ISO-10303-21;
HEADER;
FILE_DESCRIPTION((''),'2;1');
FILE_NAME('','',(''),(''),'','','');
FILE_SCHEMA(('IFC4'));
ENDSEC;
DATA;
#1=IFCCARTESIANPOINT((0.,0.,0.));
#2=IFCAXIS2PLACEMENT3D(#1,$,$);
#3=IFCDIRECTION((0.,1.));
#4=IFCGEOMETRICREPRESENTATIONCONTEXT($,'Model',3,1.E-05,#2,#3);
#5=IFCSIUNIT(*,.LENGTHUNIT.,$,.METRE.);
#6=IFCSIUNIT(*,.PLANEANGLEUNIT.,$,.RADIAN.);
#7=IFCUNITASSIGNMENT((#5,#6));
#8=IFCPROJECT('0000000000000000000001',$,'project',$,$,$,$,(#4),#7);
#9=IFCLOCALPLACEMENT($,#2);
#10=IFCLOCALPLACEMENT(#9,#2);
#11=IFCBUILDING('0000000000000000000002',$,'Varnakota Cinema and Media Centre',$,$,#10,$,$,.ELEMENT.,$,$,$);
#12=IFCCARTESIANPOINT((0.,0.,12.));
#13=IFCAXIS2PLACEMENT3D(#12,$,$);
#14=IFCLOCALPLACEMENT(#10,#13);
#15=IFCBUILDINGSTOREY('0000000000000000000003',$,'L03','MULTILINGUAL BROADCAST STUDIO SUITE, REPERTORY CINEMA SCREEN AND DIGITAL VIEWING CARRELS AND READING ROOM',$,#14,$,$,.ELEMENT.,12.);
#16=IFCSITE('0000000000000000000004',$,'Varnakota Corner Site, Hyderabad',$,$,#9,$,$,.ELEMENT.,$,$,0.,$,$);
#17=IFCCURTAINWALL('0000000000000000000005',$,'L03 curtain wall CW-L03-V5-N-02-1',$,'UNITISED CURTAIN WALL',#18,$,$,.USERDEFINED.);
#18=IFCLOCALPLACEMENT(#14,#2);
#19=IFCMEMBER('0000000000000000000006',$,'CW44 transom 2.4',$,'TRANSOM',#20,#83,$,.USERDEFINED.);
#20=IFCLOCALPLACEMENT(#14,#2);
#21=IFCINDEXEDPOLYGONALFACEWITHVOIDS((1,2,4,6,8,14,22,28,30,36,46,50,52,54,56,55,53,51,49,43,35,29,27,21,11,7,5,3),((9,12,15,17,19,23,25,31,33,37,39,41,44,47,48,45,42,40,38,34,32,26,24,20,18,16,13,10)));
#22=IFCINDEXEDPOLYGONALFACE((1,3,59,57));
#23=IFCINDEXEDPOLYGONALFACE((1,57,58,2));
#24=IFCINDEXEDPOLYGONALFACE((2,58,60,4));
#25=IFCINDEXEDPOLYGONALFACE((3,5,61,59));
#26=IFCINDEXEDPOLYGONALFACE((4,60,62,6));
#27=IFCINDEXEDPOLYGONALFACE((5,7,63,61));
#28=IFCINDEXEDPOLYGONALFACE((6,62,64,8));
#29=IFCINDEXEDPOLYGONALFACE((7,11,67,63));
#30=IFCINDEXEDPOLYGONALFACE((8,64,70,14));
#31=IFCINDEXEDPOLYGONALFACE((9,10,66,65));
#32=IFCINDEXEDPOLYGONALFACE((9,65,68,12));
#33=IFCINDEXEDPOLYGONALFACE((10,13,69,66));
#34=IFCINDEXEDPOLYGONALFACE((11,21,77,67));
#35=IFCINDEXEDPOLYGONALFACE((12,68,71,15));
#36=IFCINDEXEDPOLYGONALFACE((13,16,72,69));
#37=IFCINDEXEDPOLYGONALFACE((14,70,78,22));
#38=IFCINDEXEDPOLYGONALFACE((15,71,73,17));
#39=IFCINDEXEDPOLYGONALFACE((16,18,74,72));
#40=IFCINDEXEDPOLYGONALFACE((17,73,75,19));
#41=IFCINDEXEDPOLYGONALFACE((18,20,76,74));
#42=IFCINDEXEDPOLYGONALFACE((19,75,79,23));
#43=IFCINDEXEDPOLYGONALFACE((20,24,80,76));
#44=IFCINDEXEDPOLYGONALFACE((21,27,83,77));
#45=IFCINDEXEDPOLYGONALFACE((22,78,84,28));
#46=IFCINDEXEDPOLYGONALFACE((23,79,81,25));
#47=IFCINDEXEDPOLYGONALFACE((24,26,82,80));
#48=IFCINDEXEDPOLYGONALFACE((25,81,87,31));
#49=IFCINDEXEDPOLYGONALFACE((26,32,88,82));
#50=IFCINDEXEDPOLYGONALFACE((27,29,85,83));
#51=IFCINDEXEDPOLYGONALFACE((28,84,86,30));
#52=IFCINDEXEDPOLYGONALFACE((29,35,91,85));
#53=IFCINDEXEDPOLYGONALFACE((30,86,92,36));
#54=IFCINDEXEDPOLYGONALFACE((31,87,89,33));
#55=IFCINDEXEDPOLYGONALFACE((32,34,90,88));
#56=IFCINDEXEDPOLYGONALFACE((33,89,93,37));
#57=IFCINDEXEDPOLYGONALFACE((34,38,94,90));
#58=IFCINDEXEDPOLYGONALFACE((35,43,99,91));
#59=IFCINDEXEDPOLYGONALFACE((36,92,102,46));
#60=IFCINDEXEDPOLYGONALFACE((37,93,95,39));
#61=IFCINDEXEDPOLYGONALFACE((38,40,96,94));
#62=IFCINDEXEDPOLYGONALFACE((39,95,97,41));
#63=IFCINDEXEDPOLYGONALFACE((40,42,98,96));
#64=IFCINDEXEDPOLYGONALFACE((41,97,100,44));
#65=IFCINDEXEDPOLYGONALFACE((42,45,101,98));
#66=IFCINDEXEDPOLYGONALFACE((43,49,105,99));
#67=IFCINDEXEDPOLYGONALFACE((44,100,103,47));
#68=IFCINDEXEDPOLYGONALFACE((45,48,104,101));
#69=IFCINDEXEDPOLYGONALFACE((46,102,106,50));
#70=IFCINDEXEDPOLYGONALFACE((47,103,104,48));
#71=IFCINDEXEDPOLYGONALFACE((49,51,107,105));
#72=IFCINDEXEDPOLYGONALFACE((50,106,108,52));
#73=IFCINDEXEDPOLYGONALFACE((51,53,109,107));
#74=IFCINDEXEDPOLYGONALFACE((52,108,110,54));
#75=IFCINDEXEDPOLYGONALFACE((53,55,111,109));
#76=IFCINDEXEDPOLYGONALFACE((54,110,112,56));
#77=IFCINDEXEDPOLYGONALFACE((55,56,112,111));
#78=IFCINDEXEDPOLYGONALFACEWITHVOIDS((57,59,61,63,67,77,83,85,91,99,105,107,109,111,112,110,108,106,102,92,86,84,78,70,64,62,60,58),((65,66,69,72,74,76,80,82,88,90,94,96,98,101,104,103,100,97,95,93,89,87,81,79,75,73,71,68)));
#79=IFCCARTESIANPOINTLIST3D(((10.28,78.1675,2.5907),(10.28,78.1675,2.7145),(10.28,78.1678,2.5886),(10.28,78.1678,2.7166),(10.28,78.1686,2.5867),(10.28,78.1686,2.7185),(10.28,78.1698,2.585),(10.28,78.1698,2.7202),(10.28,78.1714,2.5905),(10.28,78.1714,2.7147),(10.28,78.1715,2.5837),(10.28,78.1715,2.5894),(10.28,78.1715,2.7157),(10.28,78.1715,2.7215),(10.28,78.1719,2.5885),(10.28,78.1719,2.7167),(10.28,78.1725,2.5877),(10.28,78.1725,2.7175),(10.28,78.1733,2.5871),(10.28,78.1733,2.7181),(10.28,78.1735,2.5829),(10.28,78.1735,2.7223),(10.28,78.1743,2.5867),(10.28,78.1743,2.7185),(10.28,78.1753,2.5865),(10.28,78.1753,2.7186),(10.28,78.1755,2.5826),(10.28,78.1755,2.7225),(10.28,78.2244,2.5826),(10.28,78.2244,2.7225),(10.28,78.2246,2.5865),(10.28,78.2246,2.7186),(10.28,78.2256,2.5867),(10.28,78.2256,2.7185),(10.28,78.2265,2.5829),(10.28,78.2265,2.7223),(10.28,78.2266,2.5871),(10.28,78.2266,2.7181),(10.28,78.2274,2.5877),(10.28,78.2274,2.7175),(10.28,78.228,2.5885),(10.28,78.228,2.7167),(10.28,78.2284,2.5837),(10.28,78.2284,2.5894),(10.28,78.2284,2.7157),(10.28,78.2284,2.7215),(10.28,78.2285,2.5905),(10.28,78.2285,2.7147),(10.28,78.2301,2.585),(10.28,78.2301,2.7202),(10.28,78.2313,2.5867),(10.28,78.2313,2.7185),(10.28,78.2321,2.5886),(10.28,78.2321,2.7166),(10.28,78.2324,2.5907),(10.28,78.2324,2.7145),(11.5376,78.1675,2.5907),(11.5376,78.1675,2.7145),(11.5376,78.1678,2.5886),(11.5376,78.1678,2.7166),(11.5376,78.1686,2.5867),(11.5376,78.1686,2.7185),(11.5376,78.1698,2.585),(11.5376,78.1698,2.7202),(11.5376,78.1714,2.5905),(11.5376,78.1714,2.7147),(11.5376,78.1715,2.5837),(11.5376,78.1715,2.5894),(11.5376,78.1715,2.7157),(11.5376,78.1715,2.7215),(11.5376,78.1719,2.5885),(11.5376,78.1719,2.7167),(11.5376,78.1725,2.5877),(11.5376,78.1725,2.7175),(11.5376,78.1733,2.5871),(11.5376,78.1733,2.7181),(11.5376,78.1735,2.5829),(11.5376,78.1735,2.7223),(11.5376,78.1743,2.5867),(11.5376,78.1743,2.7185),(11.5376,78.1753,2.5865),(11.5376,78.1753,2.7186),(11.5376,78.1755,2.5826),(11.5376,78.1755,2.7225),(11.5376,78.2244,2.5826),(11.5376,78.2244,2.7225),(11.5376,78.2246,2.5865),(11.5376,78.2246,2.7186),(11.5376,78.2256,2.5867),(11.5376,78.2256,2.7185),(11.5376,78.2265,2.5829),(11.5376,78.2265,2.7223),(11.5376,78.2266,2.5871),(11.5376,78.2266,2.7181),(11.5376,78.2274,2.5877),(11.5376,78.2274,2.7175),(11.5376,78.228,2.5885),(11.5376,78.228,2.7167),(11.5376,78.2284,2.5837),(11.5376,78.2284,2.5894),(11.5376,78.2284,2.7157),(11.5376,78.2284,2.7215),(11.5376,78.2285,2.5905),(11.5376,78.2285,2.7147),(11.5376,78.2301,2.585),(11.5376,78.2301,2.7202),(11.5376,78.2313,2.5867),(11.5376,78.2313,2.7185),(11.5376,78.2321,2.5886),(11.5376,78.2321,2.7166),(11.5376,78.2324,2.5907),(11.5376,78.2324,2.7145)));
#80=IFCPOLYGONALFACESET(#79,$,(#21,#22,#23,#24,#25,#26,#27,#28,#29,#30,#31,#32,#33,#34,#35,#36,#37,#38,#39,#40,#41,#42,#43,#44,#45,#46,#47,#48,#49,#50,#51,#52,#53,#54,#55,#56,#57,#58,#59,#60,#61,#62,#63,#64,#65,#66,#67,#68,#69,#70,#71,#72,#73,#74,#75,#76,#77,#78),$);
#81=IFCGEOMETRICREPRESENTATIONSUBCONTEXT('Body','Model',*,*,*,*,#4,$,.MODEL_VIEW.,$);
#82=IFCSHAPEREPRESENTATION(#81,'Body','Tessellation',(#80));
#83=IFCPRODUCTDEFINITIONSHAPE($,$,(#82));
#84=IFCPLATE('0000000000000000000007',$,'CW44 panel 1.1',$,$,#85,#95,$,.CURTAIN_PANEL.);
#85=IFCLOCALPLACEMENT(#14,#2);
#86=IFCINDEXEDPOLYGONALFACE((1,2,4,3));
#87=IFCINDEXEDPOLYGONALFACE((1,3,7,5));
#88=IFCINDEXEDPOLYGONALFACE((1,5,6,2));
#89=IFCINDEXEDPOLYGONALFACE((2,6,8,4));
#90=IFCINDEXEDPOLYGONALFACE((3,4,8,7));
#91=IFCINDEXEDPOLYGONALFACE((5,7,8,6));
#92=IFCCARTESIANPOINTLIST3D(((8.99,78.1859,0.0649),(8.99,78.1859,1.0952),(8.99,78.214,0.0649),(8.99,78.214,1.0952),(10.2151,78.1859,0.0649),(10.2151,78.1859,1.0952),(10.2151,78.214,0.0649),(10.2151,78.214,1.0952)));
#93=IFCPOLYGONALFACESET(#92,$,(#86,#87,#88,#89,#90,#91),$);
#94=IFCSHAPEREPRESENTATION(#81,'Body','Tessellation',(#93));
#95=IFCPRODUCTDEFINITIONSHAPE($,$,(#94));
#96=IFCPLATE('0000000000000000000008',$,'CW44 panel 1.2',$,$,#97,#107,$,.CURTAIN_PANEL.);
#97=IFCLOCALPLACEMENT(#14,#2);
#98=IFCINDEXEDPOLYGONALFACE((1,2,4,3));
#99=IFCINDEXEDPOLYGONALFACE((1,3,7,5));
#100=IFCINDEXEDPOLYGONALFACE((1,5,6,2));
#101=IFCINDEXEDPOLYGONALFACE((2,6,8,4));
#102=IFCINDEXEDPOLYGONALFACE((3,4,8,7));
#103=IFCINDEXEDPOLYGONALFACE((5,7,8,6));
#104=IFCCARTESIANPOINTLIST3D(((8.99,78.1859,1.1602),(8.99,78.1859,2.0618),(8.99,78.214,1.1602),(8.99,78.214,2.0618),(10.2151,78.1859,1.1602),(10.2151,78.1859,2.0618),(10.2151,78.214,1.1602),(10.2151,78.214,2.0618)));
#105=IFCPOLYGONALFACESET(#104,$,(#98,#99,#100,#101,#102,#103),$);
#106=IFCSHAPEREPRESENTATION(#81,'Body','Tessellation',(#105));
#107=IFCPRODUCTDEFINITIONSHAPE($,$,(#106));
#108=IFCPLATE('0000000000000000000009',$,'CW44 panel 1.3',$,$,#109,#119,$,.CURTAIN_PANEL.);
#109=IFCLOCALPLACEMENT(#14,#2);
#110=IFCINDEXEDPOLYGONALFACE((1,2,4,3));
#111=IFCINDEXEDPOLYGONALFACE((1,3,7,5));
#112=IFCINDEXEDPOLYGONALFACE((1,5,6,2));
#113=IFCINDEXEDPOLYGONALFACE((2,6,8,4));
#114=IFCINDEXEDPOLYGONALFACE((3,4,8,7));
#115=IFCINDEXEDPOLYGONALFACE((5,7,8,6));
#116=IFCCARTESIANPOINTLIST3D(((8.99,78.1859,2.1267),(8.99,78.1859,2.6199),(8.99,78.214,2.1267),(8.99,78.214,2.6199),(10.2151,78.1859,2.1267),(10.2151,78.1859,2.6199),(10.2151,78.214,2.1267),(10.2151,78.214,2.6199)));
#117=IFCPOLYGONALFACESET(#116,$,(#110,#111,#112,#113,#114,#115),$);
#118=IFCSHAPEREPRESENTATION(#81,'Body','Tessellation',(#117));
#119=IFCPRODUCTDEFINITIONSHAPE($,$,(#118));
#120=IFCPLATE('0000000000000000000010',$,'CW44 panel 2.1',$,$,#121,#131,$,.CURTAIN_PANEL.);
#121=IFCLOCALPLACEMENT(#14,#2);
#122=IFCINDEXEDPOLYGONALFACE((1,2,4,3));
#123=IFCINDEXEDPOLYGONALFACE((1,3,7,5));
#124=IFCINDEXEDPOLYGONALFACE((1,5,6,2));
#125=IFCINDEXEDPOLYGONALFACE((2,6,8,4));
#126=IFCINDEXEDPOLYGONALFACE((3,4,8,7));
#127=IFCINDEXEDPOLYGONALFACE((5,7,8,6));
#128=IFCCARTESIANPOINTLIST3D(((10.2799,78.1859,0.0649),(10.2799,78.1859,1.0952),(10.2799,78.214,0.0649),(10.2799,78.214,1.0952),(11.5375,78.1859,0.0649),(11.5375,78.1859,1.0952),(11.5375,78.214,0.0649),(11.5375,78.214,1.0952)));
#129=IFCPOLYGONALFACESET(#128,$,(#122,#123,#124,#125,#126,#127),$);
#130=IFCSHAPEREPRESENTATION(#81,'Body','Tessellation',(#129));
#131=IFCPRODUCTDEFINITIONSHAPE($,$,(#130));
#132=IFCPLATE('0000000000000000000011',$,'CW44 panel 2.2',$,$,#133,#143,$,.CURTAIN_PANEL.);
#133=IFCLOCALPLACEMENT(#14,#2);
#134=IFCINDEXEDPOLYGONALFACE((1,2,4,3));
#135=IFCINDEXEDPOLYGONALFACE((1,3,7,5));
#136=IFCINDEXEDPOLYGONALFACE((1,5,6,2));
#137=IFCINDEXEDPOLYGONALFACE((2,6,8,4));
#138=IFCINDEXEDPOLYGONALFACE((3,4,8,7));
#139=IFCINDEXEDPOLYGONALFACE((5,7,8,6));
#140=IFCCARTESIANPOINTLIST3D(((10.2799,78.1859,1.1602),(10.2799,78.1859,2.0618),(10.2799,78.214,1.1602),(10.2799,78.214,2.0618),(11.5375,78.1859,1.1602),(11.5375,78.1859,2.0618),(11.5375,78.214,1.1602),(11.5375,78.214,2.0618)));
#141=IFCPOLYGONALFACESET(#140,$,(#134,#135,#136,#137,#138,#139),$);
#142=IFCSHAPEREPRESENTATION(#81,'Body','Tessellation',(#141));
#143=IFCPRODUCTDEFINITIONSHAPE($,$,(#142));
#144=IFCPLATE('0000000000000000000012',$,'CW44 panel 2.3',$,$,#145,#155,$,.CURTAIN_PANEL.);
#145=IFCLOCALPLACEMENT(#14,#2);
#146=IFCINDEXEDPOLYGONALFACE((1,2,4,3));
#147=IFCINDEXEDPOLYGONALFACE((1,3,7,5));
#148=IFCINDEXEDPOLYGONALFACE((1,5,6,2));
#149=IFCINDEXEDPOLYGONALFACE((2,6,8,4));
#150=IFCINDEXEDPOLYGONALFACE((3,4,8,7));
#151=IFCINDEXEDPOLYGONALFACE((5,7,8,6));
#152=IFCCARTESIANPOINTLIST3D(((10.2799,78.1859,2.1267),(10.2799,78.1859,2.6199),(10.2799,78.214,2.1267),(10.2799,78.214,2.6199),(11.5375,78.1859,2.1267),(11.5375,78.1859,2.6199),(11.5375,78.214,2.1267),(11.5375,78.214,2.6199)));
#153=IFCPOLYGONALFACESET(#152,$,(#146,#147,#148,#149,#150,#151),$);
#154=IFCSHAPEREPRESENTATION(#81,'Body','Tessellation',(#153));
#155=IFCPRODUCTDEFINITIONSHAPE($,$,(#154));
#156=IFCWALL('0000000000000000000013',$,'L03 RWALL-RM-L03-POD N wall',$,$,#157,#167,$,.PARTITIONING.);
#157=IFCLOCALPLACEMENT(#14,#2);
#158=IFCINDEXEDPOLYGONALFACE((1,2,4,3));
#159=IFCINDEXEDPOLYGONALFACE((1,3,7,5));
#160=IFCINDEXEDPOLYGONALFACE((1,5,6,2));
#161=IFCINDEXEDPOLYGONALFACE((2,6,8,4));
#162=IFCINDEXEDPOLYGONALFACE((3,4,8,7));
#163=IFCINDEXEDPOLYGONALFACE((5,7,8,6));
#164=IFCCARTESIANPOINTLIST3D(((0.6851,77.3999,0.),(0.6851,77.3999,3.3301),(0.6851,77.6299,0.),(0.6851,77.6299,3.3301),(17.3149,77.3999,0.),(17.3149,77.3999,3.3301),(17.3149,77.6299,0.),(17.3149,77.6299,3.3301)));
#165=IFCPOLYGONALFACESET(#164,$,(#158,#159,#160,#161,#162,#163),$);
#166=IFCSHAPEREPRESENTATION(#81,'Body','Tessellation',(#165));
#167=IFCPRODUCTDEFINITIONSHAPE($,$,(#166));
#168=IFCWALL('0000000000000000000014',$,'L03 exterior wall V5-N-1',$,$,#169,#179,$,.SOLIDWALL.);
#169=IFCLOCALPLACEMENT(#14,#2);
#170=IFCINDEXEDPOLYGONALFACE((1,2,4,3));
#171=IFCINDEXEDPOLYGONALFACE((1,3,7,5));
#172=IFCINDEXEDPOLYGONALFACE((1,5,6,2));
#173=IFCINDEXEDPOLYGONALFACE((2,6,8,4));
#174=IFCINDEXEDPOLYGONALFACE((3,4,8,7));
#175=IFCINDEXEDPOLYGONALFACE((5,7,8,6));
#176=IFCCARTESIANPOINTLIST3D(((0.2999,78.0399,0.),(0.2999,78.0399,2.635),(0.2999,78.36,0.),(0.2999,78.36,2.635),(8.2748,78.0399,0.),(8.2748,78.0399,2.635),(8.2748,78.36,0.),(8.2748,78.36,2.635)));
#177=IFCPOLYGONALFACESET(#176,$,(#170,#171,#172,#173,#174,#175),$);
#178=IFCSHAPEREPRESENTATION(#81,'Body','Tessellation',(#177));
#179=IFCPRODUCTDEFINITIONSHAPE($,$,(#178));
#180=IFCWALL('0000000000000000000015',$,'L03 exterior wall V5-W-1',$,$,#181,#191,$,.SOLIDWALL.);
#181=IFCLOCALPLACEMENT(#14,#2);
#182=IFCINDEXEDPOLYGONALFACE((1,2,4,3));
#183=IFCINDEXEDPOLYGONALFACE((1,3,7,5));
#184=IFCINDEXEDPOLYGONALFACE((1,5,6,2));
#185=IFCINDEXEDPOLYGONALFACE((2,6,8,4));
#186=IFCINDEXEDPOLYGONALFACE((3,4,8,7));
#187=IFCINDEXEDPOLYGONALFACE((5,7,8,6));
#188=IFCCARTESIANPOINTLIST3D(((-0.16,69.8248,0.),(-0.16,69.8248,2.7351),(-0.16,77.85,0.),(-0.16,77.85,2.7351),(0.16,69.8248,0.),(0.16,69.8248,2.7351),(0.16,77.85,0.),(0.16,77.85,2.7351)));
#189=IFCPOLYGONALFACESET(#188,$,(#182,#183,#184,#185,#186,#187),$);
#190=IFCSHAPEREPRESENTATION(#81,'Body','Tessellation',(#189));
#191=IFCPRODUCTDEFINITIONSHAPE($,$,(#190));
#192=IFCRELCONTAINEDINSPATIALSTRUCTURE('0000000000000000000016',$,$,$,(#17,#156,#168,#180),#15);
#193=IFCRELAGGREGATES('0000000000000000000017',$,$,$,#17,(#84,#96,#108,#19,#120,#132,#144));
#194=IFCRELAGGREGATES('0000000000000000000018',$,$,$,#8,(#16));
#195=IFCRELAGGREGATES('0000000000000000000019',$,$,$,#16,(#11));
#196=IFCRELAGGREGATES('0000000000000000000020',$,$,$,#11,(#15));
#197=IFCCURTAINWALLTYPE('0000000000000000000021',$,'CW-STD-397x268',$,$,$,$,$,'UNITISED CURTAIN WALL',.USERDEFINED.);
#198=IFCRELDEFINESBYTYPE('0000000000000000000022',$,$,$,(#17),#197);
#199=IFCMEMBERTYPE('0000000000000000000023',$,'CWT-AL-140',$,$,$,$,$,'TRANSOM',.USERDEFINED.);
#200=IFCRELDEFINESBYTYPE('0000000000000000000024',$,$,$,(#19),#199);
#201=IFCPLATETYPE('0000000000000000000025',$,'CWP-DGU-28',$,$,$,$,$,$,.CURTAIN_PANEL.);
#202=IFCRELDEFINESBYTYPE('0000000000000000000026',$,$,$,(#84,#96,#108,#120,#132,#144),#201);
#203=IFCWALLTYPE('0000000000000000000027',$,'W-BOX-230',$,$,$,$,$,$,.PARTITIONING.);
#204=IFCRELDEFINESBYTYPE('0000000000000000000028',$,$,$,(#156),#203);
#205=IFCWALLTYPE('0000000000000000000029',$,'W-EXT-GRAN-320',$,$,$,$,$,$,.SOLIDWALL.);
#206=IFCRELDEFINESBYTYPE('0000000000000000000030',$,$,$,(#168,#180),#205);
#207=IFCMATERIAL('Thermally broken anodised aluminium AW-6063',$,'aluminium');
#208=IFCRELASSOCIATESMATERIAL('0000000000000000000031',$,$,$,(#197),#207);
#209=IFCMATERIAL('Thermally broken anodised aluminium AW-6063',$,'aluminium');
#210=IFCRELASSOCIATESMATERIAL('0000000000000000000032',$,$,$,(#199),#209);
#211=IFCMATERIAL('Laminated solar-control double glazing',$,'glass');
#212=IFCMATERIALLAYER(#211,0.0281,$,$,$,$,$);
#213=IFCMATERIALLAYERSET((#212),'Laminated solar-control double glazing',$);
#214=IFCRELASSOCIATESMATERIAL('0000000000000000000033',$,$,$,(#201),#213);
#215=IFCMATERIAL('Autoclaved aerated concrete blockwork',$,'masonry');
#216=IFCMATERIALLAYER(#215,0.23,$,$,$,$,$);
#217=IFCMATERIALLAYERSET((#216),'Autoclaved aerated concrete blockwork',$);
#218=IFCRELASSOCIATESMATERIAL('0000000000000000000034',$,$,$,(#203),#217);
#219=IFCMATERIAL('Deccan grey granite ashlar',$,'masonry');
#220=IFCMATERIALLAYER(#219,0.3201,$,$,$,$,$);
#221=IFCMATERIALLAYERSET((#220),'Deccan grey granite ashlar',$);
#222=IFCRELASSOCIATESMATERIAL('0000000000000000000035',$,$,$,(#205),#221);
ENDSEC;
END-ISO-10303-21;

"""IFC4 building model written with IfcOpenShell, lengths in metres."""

from ifc_helpers import new_model, si_unit, direction, frame, frame_2d, origin, origin_2d, place, context, subcontext, project, spatial, rectangle, hollow_rectangle, extrude, material, layer, layer_set, material_profile, profile_set, type_object, element, aggregate, save


model = new_model("IFC4")

# Units and contexts
model_context = context("Model", 3, precision=1e-05, world=origin(), true_north=direction((0.0, 1.0)))
body_context = subcontext(model_context, "Body", "Model", "MODEL_VIEW")
ifc_project = project(units=[si_unit("LENGTHUNIT", "METRE"), si_unit("PLANEANGLEUNIT", "RADIAN")], contexts=[model_context])

# Site, building, storey
site_placement = place(None, origin())
site = spatial("IfcSite", under=ifc_project, at=site_placement, Name="Varnakota Corner Site, Hyderabad", CompositionType="ELEMENT", RefElevation=0.0)
building_placement = place(site_placement, origin())
building = spatial("IfcBuilding", under=site, at=building_placement, Name="Varnakota Cinema and Media Centre", CompositionType="ELEMENT")
storey_placement = place(building_placement, frame((0.0, 0.0, 12.0)))
storey = spatial("IfcBuildingStorey", under=building, at=storey_placement, Name="L03", Description="MULTILINGUAL BROADCAST STUDIO SUITE, REPERTORY CINEMA SCREEN AND DIGITAL VIEWING CARRELS AND READING ROOM", CompositionType="ELEMENT", Elevation=12.0)

# Curtain wall, member, plates
ifc_material_1 = material(Name="Thermally broken anodised aluminium AW-6063", Category="aluminium")
curtain_wall_type = type_object("IfcCurtainWallType", Name="CW-STD-397x268", ElementType="UNITISED CURTAIN WALL", PredefinedType="USERDEFINED", material=ifc_material_1)
curtain_wall_placement = place(storey_placement, origin())
curtain_wall = element("IfcCurtainWall", 1, at=curtain_wall_placement, inside=storey, type_object=curtain_wall_type, Name="L03 curtain wall CW-L03-V5-N-02-1", ObjectType="UNITISED CURTAIN WALL", PredefinedType="USERDEFINED")
ifc_material_2 = material(Name="Thermally broken anodised aluminium AW-6063", Category="aluminium")
ifc_material_profile_1 = material_profile(ifc_material_2, hollow_rectangle(XDim=0.0649, YDim=0.1399, WallThickness=0.0039, InnerFilletRadius=0.0039, OuterFilletRadius=0.0081, at=origin_2d()), Name="AL-TRANSOM 140x65x4")
ifc_profile_set_1 = profile_set([ifc_material_profile_1], Name="Thermally broken anodised aluminium AW-6063")
member_type_1 = type_object("IfcMemberType", Name="CWT-AL-140", ElementType="TRANSOM", PredefinedType="USERDEFINED", material=ifc_profile_set_1)
member_1_placement = place(storey_placement, frame((10.28, 78.2, 2.6526), z_axis=(1.0, 0.0, 0.0), x_axis=(0.0, 1.0, 0.0)))
member_1 = element("IfcMember", 2, at=member_1_placement, type_object=member_type_1, Name="CW44 transom 2.4", ObjectType="TRANSOM", PredefinedType="USERDEFINED", context=body_context, shape_type="SweptSolid", body=[
    extrude(hollow_rectangle(XDim=0.0649, YDim=0.1399, WallThickness=0.0039, InnerFilletRadius=0.0039, OuterFilletRadius=0.0081, at=origin_2d()), origin(), (0.0, 0.0, 1.0), 1.2576),
])
ifc_material_3 = material(Name="Laminated solar-control double glazing", Category="glass")
ifc_layer_1 = layer(ifc_material_3, 0.0281)
ifc_layer_set_1 = layer_set([ifc_layer_1], Name="Laminated solar-control double glazing")
plate_type = type_object("IfcPlateType", Name="CWP-DGU-28", PredefinedType="CURTAIN_PANEL", material=ifc_layer_set_1)
plate_1_placement = place(storey_placement, frame((9.6025, 78.2, 0.0649), z_axis=(0.0, 0.0, 1.0), x_axis=(1.0, 0.0, 0.0)))
plate_1 = element("IfcPlate", 3, at=plate_1_placement, type_object=plate_type, Name="CW44 panel 1.1", PredefinedType="CURTAIN_PANEL", context=body_context, shape_type="SweptSolid", body=[
    extrude(rectangle(XDim=1.2251, YDim=0.0281, at=origin_2d()), origin(), (0.0, 0.0, 1.0), 1.0303),
])
plate_2_placement = place(storey_placement, frame((9.6025, 78.2, 1.1602), z_axis=(0.0, 0.0, 1.0), x_axis=(1.0, 0.0, 0.0)))
plate_2 = element("IfcPlate", 4, at=plate_2_placement, type_object=plate_type, Name="CW44 panel 1.2", PredefinedType="CURTAIN_PANEL", context=body_context, shape_type="SweptSolid", body=[
    extrude(rectangle(XDim=1.2251, YDim=0.0281, at=origin_2d()), origin(), (0.0, 0.0, 1.0), 0.9016),
])
plate_3_placement = place(storey_placement, frame((9.6025, 78.2, 2.1267), z_axis=(0.0, 0.0, 1.0), x_axis=(1.0, 0.0, 0.0)))
plate_3 = element("IfcPlate", 5, at=plate_3_placement, type_object=plate_type, Name="CW44 panel 1.3", PredefinedType="CURTAIN_PANEL", context=body_context, shape_type="SweptSolid", body=[
    extrude(rectangle(XDim=1.2251, YDim=0.0281, at=origin_2d()), origin(), (0.0, 0.0, 1.0), 0.4932),
])
plate_4_placement = place(storey_placement, frame((10.9087, 78.2, 0.0649), z_axis=(0.0, 0.0, 1.0), x_axis=(1.0, 0.0, 0.0)))
plate_4 = element("IfcPlate", 6, at=plate_4_placement, type_object=plate_type, Name="CW44 panel 2.1", PredefinedType="CURTAIN_PANEL", context=body_context, shape_type="SweptSolid", body=[
    extrude(rectangle(XDim=1.2576, YDim=0.0281, at=origin_2d()), origin(), (0.0, 0.0, 1.0), 1.0303),
])
plate_5_placement = place(storey_placement, frame((10.9087, 78.2, 1.1602), z_axis=(0.0, 0.0, 1.0), x_axis=(1.0, 0.0, 0.0)))
plate_5 = element("IfcPlate", 7, at=plate_5_placement, type_object=plate_type, Name="CW44 panel 2.2", PredefinedType="CURTAIN_PANEL", context=body_context, shape_type="SweptSolid", body=[
    extrude(rectangle(XDim=1.2576, YDim=0.0281, at=origin_2d()), origin(), (0.0, 0.0, 1.0), 0.9016),
])
plate_6_placement = place(storey_placement, frame((10.9087, 78.2, 2.1267), z_axis=(0.0, 0.0, 1.0), x_axis=(1.0, 0.0, 0.0)))
plate_6 = element("IfcPlate", 8, at=plate_6_placement, type_object=plate_type, Name="CW44 panel 2.3", PredefinedType="CURTAIN_PANEL", context=body_context, shape_type="SweptSolid", body=[
    extrude(rectangle(XDim=1.2576, YDim=0.0281, at=origin_2d()), origin(), (0.0, 0.0, 1.0), 0.4932),
])
aggregate(curtain_wall, [plate_1, plate_2, plate_3, member_1, plate_4, plate_5, plate_6])

# Walls
ifc_material_4 = material(Name="Autoclaved aerated concrete blockwork", Category="masonry")
ifc_layer_2 = layer(ifc_material_4, 0.23)
ifc_layer_set_2 = layer_set([ifc_layer_2], Name="Autoclaved aerated concrete blockwork")
wall_type_1 = type_object("IfcWallType", Name="W-BOX-230", PredefinedType="PARTITIONING", material=ifc_layer_set_2)
wall_1_placement = place(storey_placement, frame((0.6851, 77.5149, 0.0), z_axis=(0.0, 0.0, 1.0), x_axis=(1.0, 0.0, 0.0)))
element("IfcWall", 9, at=wall_1_placement, inside=storey, type_object=wall_type_1, Name="L03 RWALL-RM-L03-POD N wall", PredefinedType="PARTITIONING", context=body_context, shape_type="SweptSolid", body=[
    extrude(rectangle(XDim=16.6299, YDim=0.23, at=frame_2d((8.3149, 0.0))), origin(), (0.0, 0.0, 1.0), 3.3301),
])
ifc_material_5 = material(Name="Deccan grey granite ashlar", Category="masonry")
ifc_layer_3 = layer(ifc_material_5, 0.3201)
ifc_layer_set_3 = layer_set([ifc_layer_3], Name="Deccan grey granite ashlar")
wall_type_2 = type_object("IfcWallType", Name="W-EXT-GRAN-320", PredefinedType="SOLIDWALL", material=ifc_layer_set_3)
wall_2_placement = place(storey_placement, frame((0.3, 78.2, 0.0), z_axis=(0.0, 0.0, 1.0), x_axis=(1.0, 0.0, 0.0)))
element("IfcWall", 10, at=wall_2_placement, inside=storey, type_object=wall_type_2, Name="L03 exterior wall V5-N-1", PredefinedType="SOLIDWALL", context=body_context, shape_type="SweptSolid", body=[
    extrude(rectangle(XDim=7.9749, YDim=0.3201, at=frame_2d((3.9873, 0.0))), origin(), (0.0, 0.0, 1.0), 2.635),
])
wall_3_placement = place(storey_placement, frame((0.0, 77.8501, 0.0), z_axis=(0.0, 0.0, 1.0), x_axis=(0.0, -1.0, 0.0)))
element("IfcWall", 11, at=wall_3_placement, inside=storey, type_object=wall_type_2, Name="L03 exterior wall V5-W-1", PredefinedType="SOLIDWALL", context=body_context, shape_type="SweptSolid", body=[
    extrude(rectangle(XDim=8.0251, YDim=0.3201, at=frame_2d((4.0127, 0.0))), origin(), (0.0, 0.0, 1.0), 2.7351),
])

save(model, "model.ifc")
